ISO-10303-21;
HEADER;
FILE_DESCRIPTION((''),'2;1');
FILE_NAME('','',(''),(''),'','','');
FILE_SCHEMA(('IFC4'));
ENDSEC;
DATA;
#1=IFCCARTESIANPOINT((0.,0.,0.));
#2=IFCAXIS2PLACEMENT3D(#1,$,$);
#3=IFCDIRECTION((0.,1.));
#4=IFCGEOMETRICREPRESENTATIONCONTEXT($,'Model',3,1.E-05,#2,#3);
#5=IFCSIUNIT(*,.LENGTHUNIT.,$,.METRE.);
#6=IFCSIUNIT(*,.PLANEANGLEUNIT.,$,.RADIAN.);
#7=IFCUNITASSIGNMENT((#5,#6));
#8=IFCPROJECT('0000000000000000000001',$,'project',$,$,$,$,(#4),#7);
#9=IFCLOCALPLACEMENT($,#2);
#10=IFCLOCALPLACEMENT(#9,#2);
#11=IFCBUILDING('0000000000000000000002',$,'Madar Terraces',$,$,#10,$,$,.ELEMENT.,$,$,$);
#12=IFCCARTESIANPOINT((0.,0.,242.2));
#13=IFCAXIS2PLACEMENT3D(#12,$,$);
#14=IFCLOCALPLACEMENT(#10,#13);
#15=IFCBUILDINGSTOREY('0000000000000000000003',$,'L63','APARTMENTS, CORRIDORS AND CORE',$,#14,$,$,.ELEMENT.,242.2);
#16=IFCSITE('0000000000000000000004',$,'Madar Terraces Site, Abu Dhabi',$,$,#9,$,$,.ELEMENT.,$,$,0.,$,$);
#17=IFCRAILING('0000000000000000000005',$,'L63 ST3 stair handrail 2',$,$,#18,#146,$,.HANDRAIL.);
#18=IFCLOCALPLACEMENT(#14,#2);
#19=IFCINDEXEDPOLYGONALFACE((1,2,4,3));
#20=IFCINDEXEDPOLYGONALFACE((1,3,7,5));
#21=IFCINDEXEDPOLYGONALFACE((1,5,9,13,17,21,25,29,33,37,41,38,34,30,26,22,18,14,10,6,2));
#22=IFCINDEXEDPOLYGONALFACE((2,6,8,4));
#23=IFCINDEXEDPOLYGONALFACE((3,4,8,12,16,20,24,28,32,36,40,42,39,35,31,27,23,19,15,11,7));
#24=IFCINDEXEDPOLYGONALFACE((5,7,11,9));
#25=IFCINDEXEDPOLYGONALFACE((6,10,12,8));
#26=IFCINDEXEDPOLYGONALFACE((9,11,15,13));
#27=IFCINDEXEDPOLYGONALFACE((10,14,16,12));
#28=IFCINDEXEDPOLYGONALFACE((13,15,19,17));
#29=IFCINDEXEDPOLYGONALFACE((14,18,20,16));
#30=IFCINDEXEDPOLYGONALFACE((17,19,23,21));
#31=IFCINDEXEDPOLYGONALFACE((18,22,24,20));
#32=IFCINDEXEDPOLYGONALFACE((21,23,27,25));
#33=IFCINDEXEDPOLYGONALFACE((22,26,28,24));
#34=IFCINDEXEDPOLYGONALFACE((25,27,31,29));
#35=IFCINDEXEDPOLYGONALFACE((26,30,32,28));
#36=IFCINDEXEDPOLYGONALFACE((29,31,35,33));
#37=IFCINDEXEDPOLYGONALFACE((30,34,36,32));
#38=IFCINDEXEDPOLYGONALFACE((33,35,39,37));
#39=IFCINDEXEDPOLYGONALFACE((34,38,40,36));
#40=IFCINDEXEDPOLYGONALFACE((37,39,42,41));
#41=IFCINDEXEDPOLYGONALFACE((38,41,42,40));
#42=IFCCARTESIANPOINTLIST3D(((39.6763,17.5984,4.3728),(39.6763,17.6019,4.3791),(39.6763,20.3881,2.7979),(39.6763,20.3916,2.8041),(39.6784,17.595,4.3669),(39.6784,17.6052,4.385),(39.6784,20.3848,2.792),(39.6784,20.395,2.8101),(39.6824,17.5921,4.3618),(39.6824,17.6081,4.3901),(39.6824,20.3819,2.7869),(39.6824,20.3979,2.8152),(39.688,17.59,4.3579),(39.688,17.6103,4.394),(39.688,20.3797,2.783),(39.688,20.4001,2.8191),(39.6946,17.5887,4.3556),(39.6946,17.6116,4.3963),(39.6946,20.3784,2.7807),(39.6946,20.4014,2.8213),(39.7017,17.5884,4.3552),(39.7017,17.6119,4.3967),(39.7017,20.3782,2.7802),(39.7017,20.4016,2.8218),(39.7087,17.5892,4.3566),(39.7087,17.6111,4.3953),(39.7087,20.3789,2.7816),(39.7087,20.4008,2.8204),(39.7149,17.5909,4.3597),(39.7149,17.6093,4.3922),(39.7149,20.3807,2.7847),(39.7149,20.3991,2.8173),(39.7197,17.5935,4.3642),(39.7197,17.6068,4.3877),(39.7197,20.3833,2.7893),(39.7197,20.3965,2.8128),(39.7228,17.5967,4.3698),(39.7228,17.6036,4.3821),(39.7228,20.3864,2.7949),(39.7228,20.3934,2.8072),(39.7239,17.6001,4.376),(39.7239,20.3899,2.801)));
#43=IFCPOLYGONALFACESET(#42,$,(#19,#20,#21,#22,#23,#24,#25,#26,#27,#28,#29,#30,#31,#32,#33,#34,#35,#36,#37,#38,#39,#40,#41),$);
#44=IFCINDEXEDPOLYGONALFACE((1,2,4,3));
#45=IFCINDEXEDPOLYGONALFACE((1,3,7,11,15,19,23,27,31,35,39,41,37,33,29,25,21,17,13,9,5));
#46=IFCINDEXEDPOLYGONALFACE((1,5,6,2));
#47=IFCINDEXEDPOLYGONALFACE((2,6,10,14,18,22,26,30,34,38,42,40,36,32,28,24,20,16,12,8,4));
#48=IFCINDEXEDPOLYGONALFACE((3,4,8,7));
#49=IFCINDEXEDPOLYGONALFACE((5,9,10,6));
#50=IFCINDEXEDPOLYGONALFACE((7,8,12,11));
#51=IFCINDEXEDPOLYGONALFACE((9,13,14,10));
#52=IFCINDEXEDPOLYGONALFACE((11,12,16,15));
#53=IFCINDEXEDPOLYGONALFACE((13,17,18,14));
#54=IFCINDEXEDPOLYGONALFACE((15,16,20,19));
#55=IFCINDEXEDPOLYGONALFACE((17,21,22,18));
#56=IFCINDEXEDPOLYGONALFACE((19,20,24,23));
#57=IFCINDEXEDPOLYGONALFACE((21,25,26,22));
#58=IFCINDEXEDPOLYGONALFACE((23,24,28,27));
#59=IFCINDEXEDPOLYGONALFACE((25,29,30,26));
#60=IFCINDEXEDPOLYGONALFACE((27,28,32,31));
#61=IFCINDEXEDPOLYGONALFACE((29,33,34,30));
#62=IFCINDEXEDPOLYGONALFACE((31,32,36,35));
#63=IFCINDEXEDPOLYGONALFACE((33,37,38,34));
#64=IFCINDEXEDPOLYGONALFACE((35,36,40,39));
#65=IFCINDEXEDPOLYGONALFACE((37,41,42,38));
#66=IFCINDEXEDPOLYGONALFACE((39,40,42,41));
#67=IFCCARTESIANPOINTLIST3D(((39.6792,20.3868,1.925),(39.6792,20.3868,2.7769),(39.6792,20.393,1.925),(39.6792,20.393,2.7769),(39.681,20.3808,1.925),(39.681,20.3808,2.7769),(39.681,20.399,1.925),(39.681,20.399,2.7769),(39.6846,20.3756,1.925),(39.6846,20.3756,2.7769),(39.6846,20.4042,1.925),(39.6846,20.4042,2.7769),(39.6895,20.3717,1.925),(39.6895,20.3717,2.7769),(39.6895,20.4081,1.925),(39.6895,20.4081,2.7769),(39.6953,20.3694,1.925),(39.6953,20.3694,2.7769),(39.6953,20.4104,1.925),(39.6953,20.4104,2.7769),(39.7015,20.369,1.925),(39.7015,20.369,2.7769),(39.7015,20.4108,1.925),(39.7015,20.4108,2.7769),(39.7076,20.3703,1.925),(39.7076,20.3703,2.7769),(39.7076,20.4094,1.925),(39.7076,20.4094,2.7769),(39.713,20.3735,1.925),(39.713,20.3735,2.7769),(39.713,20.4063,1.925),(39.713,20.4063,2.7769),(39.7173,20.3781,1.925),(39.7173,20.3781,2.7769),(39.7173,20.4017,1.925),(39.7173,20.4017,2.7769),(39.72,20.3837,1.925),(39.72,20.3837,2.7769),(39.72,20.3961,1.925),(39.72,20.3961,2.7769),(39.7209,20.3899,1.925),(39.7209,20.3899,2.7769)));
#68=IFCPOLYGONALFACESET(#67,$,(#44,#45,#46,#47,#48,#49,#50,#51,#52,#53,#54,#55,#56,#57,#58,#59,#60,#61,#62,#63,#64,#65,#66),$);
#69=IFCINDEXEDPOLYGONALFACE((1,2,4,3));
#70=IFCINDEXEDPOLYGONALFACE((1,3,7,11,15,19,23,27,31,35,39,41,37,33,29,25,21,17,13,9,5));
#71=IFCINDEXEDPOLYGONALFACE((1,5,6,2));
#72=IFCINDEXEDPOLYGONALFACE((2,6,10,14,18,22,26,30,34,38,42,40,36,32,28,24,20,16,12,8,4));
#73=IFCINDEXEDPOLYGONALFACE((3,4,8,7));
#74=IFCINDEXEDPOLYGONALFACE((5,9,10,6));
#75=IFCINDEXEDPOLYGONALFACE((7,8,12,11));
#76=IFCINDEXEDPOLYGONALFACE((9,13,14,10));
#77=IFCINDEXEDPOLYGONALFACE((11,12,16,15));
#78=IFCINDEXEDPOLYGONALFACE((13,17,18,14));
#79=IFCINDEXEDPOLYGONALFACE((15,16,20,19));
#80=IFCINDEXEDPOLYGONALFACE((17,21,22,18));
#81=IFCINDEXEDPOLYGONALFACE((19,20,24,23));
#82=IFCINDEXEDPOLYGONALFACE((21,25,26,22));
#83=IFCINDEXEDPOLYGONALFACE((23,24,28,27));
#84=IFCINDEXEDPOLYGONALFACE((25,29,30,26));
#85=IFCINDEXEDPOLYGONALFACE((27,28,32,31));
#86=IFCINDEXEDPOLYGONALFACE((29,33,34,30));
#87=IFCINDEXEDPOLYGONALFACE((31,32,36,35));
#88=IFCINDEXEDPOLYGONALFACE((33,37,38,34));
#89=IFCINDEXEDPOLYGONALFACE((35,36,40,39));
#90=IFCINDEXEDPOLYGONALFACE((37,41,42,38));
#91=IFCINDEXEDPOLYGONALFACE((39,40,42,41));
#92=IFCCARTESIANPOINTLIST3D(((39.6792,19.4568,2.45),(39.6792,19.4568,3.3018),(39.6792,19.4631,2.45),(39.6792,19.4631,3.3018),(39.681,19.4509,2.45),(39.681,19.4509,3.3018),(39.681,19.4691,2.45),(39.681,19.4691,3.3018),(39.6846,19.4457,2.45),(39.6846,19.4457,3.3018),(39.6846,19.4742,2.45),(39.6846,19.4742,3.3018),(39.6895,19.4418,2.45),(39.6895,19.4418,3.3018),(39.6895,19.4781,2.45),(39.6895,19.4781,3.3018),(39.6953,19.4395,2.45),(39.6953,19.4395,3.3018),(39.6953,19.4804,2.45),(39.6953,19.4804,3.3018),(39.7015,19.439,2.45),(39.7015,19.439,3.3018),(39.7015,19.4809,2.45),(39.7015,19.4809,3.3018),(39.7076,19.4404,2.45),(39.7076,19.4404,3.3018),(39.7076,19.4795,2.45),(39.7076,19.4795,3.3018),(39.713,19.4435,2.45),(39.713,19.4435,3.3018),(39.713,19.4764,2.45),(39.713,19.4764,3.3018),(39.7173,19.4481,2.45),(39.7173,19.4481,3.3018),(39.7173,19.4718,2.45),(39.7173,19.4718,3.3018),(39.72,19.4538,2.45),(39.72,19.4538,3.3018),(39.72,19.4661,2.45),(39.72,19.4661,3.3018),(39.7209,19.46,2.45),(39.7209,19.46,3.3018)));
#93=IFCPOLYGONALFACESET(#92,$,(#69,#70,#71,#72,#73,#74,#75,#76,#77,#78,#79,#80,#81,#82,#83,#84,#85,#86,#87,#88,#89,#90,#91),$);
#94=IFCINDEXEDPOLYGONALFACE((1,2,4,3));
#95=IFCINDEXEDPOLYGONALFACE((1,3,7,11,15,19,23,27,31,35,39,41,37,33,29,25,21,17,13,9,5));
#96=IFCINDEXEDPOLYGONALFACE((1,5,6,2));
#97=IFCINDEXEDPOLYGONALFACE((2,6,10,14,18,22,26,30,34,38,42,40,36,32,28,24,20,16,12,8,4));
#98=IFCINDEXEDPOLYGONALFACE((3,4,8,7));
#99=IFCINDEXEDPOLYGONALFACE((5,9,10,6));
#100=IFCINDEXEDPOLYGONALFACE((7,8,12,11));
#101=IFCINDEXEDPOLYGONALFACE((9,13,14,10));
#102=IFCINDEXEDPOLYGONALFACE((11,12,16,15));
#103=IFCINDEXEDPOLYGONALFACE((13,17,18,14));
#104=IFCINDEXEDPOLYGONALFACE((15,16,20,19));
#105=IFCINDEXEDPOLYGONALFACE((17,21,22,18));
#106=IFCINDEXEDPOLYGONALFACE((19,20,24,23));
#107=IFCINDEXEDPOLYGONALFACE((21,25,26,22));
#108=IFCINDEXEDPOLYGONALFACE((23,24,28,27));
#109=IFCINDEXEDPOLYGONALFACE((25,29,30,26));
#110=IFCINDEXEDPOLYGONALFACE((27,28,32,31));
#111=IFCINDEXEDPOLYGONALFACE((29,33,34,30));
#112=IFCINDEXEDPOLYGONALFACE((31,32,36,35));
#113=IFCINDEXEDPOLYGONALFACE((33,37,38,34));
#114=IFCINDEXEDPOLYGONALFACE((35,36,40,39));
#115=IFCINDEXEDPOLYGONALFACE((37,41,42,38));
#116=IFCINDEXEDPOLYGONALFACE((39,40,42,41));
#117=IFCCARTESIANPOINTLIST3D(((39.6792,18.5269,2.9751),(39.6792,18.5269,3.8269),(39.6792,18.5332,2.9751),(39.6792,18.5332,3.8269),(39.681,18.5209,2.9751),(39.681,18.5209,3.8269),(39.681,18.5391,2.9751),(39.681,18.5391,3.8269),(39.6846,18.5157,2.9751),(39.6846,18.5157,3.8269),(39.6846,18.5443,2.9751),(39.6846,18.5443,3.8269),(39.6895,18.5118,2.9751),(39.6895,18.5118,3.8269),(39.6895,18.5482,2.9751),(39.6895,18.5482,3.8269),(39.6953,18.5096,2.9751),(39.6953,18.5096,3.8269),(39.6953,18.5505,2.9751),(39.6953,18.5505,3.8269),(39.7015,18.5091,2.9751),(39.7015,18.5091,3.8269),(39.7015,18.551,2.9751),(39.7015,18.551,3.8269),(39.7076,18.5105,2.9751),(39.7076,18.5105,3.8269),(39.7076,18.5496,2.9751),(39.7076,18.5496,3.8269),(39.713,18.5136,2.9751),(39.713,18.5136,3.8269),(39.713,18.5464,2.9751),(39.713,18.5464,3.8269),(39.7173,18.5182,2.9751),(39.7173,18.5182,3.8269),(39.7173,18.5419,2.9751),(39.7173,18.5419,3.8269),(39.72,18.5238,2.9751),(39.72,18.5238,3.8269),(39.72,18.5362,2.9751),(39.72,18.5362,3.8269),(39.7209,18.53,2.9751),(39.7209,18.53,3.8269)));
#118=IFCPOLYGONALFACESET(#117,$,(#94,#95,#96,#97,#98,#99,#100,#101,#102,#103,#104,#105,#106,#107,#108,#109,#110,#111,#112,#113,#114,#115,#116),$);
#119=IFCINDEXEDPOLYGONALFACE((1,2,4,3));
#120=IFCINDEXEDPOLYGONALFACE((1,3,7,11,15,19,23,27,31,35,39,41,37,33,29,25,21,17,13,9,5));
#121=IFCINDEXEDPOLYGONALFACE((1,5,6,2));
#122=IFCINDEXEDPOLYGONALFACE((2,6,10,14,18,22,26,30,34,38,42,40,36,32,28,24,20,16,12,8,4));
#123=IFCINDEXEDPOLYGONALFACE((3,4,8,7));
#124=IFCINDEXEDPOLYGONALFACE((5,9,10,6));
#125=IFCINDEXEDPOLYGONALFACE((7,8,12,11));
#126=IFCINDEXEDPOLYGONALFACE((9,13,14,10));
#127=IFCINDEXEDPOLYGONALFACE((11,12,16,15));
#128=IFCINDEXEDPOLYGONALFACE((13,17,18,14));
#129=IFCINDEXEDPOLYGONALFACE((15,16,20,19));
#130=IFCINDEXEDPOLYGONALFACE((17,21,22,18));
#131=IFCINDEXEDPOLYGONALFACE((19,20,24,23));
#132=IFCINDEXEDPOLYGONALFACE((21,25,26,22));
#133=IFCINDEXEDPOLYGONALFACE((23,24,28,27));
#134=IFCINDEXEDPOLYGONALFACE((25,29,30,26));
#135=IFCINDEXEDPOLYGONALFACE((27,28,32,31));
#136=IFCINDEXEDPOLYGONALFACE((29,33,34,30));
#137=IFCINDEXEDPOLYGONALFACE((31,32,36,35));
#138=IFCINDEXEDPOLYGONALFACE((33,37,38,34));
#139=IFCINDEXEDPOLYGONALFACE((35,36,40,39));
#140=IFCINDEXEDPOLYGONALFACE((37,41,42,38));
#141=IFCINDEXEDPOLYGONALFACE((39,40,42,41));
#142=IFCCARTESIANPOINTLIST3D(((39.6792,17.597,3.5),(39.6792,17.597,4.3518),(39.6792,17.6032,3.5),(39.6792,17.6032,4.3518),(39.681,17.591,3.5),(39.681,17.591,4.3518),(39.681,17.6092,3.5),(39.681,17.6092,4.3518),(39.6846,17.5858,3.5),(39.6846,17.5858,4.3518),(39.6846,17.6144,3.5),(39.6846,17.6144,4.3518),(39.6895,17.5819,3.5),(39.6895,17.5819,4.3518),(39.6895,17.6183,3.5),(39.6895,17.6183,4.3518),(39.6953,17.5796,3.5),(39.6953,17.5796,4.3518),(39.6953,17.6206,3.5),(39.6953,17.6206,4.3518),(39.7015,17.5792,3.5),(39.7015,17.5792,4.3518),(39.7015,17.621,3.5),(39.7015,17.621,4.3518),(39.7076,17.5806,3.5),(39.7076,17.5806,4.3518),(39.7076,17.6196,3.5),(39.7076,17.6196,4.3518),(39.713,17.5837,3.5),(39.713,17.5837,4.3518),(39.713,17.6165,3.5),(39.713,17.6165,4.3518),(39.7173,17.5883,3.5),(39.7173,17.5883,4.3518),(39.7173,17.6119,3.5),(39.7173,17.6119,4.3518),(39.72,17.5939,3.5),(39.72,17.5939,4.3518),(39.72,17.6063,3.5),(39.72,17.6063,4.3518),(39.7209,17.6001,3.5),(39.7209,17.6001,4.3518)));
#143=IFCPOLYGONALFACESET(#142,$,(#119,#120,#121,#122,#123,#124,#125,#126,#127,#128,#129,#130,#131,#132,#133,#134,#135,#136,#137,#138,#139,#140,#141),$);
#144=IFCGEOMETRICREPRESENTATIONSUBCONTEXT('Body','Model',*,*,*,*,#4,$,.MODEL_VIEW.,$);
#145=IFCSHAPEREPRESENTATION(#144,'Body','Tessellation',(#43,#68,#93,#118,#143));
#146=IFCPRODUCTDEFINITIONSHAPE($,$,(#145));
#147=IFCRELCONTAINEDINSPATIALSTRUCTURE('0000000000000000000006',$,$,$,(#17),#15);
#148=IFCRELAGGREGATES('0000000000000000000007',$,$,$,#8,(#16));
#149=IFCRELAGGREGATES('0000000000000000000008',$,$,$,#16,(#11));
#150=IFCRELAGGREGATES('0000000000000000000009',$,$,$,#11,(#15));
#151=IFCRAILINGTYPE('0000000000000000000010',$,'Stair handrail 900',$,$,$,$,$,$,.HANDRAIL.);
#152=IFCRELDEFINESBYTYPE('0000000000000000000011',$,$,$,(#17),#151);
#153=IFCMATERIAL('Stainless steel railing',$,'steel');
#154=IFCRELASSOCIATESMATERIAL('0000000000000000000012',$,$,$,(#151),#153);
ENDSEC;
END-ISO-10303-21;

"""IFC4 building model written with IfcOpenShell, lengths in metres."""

from ifc_helpers import new_model, si_unit, direction, frame, origin, origin_2d, place, context, subcontext, project, spatial, circle, extrude, material, type_object, element, save


model = new_model("IFC4")

# Units and contexts
model_context = context("Model", 3, precision=1e-05, world=origin(), true_north=direction((0.0, 1.0)))
body_context = subcontext(model_context, "Body", "Model", "MODEL_VIEW")
ifc_project = project(units=[si_unit("LENGTHUNIT", "METRE"), si_unit("PLANEANGLEUNIT", "RADIAN")], contexts=[model_context])

# Site, building, storey
site_placement = place(None, origin())
site = spatial("IfcSite", under=ifc_project, at=site_placement, Name="Madar Terraces Site, Abu Dhabi", CompositionType="ELEMENT", RefElevation=0.0)
building_placement = place(site_placement, origin())
building = spatial("IfcBuilding", under=site, at=building_placement, Name="Madar Terraces", CompositionType="ELEMENT")
storey_placement = place(building_placement, frame((0.0, 0.0, 242.2)))
storey = spatial("IfcBuildingStorey", under=building, at=storey_placement, Name="L63", Description="APARTMENTS, CORRIDORS AND CORE", CompositionType="ELEMENT", Elevation=242.2)

# Railing
ifc_material_1 = material(Name="Stainless steel railing", Category="steel")
railing_type_1 = type_object("IfcRailingType", Name="Stair handrail 900", PredefinedType="HANDRAIL", material=ifc_material_1)
railing_1_placement = place(storey_placement, frame((39.7, 20.3899, 1.925)))
element("IfcRailing", 1, at=railing_1_placement, inside=storey, type_object=railing_type_1, Name="L63 ST3 stair handrail 2", PredefinedType="HANDRAIL", context=body_context, shape_type="SweptSolid", body=[
    extrude(circle(Radius=0.0239, at=origin_2d()), frame((0.0, 0.0, 0.876), z_axis=(0.0, -0.870815, 0.49161), x_axis=(1.0, 0.0, 0.0)), (0.0, 0.0, 1.0), 3.2036),
    extrude(circle(Radius=0.021, at=origin_2d()), origin(), (0.0, 0.0, 1.0), 0.8518),
    extrude(circle(Radius=0.021, at=origin_2d()), frame((0.0, -0.9299, 0.5249)), (0.0, 0.0, 1.0), 0.8518),
    extrude(circle(Radius=0.021, at=origin_2d()), frame((0.0, -1.8599, 1.05)), (0.0, 0.0, 1.0), 0.8518),
    extrude(circle(Radius=0.021, at=origin_2d()), frame((0.0, -2.7898, 1.575)), (0.0, 0.0, 1.0), 0.8518),
])

save(model, "model.ifc")
